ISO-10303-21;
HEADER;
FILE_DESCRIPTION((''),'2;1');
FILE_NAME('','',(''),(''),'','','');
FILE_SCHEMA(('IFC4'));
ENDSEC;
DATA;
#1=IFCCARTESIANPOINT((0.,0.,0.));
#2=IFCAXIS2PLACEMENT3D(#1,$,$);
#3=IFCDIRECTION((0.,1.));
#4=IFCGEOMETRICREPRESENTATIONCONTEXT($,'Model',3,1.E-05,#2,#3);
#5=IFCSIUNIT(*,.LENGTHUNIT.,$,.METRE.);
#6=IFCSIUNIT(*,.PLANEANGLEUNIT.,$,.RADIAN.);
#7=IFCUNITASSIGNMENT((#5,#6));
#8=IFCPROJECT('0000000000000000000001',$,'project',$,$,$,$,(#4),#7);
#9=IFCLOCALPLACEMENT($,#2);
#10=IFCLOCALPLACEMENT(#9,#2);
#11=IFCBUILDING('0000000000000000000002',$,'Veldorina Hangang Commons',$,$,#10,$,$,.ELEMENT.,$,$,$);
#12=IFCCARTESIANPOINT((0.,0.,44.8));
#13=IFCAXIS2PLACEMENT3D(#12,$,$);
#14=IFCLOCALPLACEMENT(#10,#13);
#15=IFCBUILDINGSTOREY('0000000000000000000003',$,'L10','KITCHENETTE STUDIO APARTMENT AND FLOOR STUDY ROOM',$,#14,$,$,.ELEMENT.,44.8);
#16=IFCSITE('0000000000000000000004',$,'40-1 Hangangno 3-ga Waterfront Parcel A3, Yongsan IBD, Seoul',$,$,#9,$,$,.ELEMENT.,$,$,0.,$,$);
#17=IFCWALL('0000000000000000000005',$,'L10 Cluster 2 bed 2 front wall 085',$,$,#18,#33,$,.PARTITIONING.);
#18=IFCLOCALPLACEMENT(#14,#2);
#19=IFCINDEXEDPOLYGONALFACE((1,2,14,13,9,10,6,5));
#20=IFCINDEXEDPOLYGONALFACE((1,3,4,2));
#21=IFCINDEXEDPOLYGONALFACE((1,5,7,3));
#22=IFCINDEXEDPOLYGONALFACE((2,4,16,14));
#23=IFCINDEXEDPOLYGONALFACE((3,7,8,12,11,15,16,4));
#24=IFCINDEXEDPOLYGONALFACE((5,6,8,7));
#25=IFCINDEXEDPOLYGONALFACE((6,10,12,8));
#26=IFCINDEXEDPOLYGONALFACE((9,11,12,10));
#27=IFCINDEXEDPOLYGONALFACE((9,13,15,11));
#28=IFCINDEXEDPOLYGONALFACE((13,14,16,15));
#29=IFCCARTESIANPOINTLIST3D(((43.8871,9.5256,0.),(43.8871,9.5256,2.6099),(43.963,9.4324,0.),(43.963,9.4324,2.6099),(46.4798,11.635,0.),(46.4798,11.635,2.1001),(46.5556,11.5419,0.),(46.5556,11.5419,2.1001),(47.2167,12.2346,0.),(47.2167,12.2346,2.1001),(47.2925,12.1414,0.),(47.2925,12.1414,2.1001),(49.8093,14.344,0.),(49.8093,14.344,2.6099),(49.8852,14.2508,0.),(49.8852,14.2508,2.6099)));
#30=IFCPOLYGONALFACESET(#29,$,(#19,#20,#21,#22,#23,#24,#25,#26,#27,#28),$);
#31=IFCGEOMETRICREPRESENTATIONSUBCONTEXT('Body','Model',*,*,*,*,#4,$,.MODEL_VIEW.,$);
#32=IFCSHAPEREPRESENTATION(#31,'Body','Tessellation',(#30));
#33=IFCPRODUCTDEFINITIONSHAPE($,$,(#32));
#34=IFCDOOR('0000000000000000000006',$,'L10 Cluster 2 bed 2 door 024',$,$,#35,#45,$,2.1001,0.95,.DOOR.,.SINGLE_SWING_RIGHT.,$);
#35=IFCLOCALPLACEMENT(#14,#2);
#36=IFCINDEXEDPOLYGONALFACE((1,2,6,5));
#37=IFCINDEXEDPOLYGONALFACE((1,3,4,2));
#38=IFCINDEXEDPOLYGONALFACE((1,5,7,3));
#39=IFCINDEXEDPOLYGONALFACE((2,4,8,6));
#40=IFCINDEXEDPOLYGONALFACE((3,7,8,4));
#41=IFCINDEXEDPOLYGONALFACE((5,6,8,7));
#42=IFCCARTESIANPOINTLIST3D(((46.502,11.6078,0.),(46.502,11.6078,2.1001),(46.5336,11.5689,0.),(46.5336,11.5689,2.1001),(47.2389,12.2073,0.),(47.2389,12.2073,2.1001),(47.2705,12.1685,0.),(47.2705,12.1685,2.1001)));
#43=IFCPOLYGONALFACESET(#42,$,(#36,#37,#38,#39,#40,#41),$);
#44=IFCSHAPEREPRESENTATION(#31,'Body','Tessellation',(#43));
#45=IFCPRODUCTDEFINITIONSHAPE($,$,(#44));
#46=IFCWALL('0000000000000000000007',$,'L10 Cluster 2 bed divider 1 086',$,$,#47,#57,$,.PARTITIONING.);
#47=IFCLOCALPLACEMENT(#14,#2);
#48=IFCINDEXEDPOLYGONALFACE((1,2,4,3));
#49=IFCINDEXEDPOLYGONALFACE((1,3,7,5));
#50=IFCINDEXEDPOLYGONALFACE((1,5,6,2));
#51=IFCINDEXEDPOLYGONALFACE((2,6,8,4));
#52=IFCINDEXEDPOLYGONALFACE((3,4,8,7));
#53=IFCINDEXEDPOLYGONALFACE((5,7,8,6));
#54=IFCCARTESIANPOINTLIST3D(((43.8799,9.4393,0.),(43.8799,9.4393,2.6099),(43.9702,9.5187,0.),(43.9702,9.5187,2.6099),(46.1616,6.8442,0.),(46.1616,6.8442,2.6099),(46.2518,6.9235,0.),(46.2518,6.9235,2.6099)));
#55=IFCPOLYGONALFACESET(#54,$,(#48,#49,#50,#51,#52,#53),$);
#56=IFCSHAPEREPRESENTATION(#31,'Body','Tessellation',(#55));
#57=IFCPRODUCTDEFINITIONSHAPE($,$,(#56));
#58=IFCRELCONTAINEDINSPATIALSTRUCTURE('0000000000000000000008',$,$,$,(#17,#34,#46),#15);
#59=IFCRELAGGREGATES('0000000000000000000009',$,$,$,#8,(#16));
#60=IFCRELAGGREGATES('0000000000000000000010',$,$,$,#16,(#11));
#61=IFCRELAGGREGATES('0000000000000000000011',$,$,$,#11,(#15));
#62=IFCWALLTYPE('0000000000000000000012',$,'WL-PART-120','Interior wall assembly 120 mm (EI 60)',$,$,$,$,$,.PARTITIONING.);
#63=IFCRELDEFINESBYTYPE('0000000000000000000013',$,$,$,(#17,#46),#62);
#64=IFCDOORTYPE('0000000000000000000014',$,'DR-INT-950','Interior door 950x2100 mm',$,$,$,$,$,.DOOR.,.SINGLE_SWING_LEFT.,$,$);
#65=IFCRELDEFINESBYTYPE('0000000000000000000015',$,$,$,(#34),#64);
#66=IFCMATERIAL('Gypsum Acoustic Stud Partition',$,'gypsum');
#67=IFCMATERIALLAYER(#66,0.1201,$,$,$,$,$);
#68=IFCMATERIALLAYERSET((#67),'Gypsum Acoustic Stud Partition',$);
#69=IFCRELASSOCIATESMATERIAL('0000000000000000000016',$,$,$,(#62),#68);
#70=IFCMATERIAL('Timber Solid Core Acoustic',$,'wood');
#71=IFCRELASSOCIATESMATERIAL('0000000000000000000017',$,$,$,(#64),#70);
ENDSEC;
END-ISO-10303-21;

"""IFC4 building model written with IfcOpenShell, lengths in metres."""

from ifc_helpers import new_model, si_unit, direction, frame, frame_2d, origin, place, context, subcontext, project, spatial, rectangle, extrude, material, layer, layer_set, type_object, element, fill, save


model = new_model("IFC4")

# Units and contexts
model_context = context("Model", 3, precision=1e-05, world=origin(), true_north=direction((0.0, 1.0)))
body_context = subcontext(model_context, "Body", "Model", "MODEL_VIEW")
ifc_project = project(units=[si_unit("LENGTHUNIT", "METRE"), si_unit("PLANEANGLEUNIT", "RADIAN")], contexts=[model_context])

# Site, building, storey
site_placement = place(None, origin())
site = spatial("IfcSite", under=ifc_project, at=site_placement, Name="40-1 Hangangno 3-ga Waterfront Parcel A3, Yongsan IBD, Seoul", CompositionType="ELEMENT", RefElevation=0.0)
building_placement = place(site_placement, origin())
building = spatial("IfcBuilding", under=site, at=building_placement, Name="Veldorina Hangang Commons", CompositionType="ELEMENT")
storey_placement = place(building_placement, frame((0.0, 0.0, 44.8)))
storey = spatial("IfcBuildingStorey", under=building, at=storey_placement, Name="L10", Description="KITCHENETTE STUDIO APARTMENT AND FLOOR STUDY ROOM", CompositionType="ELEMENT", Elevation=44.8)

# Wall, opening, door
ifc_material_1 = material(Name="Gypsum Acoustic Stud Partition", Category="gypsum")
ifc_layer_1 = layer(ifc_material_1, 0.1201)
ifc_layer_set_1 = layer_set([ifc_layer_1], Name="Gypsum Acoustic Stud Partition")
wall_type = type_object("IfcWallType", Name="WL-PART-120", Description="Interior wall assembly 120 mm (EI 60)", PredefinedType="PARTITIONING", material=ifc_layer_set_1)
wall_1_placement = place(storey_placement, frame((43.925, 9.479, 0.0), z_axis=(0.0, 0.0, 1.0), x_axis=(0.775688, 0.631116, 0.0)))
wall_1 = element("IfcWall", 1, at=wall_1_placement, inside=storey, type_object=wall_type, Name="L10 Cluster 2 bed 2 front wall 085", PredefinedType="PARTITIONING", context=body_context, shape_type="SweptSolid", body=[
    extrude(rectangle(XDim=7.6348, YDim=0.1201, at=frame_2d((3.8174, 0.0))), origin(), (0.0, 0.0, 1.0), 2.6099),
])
opening_placement = place(wall_1_placement, frame((3.3423, 0.0, 0.0)))
opening = element("IfcOpeningElement", 2, at=opening_placement, cuts=wall_1, PredefinedType="OPENING", context=body_context, shape_type="SweptSolid", body=[
    extrude(rectangle(XDim=0.95, YDim=2.1001, at=frame_2d((0.4751, 1.05))), frame((0.0, 0.0701, 0.0), z_axis=(0.0, -1.0, 0.0), x_axis=(1.0, 0.0, 0.0)), (0.0, 0.0, 1.0), 0.1401),
])
ifc_material_2 = material(Name="Timber Solid Core Acoustic", Category="wood")
door_type = type_object("IfcDoorType", Name="DR-INT-950", Description="Interior door 950x2100 mm", OperationType="SINGLE_SWING_LEFT", PredefinedType="DOOR", material=ifc_material_2)
door_placement = place(opening_placement, origin())
door = element("IfcDoor", 3, at=door_placement, inside=storey, type_object=door_type, Name="L10 Cluster 2 bed 2 door 024", OperationType="SINGLE_SWING_RIGHT", OverallHeight=2.1001, OverallWidth=0.95, PredefinedType="DOOR", context=body_context, shape_type="SweptSolid", body=[
    extrude(rectangle(XDim=0.95, YDim=2.1001, at=frame_2d((0.4751, 1.05))), frame((0.0, 0.0249, 0.0), z_axis=(0.0, -1.0, 0.0), x_axis=(1.0, 0.0, 0.0)), (0.0, 0.0, 1.0), 0.05),
])
fill(opening, door)

# Wall
wall_2_placement = place(storey_placement, frame((43.925, 9.479, 0.0), z_axis=(0.0, 0.0, 1.0), x_axis=(0.660293, -0.751008, 0.0)))
element("IfcWall", 4, at=wall_2_placement, inside=storey, type_object=wall_type, Name="L10 Cluster 2 bed divider 1 086", PredefinedType="PARTITIONING", context=body_context, shape_type="SweptSolid", body=[
    extrude(rectangle(XDim=3.4556, YDim=0.1201, at=frame_2d((1.7278, 0.0))), origin(), (0.0, 0.0, 1.0), 2.6099),
])

save(model, "model.ifc")
